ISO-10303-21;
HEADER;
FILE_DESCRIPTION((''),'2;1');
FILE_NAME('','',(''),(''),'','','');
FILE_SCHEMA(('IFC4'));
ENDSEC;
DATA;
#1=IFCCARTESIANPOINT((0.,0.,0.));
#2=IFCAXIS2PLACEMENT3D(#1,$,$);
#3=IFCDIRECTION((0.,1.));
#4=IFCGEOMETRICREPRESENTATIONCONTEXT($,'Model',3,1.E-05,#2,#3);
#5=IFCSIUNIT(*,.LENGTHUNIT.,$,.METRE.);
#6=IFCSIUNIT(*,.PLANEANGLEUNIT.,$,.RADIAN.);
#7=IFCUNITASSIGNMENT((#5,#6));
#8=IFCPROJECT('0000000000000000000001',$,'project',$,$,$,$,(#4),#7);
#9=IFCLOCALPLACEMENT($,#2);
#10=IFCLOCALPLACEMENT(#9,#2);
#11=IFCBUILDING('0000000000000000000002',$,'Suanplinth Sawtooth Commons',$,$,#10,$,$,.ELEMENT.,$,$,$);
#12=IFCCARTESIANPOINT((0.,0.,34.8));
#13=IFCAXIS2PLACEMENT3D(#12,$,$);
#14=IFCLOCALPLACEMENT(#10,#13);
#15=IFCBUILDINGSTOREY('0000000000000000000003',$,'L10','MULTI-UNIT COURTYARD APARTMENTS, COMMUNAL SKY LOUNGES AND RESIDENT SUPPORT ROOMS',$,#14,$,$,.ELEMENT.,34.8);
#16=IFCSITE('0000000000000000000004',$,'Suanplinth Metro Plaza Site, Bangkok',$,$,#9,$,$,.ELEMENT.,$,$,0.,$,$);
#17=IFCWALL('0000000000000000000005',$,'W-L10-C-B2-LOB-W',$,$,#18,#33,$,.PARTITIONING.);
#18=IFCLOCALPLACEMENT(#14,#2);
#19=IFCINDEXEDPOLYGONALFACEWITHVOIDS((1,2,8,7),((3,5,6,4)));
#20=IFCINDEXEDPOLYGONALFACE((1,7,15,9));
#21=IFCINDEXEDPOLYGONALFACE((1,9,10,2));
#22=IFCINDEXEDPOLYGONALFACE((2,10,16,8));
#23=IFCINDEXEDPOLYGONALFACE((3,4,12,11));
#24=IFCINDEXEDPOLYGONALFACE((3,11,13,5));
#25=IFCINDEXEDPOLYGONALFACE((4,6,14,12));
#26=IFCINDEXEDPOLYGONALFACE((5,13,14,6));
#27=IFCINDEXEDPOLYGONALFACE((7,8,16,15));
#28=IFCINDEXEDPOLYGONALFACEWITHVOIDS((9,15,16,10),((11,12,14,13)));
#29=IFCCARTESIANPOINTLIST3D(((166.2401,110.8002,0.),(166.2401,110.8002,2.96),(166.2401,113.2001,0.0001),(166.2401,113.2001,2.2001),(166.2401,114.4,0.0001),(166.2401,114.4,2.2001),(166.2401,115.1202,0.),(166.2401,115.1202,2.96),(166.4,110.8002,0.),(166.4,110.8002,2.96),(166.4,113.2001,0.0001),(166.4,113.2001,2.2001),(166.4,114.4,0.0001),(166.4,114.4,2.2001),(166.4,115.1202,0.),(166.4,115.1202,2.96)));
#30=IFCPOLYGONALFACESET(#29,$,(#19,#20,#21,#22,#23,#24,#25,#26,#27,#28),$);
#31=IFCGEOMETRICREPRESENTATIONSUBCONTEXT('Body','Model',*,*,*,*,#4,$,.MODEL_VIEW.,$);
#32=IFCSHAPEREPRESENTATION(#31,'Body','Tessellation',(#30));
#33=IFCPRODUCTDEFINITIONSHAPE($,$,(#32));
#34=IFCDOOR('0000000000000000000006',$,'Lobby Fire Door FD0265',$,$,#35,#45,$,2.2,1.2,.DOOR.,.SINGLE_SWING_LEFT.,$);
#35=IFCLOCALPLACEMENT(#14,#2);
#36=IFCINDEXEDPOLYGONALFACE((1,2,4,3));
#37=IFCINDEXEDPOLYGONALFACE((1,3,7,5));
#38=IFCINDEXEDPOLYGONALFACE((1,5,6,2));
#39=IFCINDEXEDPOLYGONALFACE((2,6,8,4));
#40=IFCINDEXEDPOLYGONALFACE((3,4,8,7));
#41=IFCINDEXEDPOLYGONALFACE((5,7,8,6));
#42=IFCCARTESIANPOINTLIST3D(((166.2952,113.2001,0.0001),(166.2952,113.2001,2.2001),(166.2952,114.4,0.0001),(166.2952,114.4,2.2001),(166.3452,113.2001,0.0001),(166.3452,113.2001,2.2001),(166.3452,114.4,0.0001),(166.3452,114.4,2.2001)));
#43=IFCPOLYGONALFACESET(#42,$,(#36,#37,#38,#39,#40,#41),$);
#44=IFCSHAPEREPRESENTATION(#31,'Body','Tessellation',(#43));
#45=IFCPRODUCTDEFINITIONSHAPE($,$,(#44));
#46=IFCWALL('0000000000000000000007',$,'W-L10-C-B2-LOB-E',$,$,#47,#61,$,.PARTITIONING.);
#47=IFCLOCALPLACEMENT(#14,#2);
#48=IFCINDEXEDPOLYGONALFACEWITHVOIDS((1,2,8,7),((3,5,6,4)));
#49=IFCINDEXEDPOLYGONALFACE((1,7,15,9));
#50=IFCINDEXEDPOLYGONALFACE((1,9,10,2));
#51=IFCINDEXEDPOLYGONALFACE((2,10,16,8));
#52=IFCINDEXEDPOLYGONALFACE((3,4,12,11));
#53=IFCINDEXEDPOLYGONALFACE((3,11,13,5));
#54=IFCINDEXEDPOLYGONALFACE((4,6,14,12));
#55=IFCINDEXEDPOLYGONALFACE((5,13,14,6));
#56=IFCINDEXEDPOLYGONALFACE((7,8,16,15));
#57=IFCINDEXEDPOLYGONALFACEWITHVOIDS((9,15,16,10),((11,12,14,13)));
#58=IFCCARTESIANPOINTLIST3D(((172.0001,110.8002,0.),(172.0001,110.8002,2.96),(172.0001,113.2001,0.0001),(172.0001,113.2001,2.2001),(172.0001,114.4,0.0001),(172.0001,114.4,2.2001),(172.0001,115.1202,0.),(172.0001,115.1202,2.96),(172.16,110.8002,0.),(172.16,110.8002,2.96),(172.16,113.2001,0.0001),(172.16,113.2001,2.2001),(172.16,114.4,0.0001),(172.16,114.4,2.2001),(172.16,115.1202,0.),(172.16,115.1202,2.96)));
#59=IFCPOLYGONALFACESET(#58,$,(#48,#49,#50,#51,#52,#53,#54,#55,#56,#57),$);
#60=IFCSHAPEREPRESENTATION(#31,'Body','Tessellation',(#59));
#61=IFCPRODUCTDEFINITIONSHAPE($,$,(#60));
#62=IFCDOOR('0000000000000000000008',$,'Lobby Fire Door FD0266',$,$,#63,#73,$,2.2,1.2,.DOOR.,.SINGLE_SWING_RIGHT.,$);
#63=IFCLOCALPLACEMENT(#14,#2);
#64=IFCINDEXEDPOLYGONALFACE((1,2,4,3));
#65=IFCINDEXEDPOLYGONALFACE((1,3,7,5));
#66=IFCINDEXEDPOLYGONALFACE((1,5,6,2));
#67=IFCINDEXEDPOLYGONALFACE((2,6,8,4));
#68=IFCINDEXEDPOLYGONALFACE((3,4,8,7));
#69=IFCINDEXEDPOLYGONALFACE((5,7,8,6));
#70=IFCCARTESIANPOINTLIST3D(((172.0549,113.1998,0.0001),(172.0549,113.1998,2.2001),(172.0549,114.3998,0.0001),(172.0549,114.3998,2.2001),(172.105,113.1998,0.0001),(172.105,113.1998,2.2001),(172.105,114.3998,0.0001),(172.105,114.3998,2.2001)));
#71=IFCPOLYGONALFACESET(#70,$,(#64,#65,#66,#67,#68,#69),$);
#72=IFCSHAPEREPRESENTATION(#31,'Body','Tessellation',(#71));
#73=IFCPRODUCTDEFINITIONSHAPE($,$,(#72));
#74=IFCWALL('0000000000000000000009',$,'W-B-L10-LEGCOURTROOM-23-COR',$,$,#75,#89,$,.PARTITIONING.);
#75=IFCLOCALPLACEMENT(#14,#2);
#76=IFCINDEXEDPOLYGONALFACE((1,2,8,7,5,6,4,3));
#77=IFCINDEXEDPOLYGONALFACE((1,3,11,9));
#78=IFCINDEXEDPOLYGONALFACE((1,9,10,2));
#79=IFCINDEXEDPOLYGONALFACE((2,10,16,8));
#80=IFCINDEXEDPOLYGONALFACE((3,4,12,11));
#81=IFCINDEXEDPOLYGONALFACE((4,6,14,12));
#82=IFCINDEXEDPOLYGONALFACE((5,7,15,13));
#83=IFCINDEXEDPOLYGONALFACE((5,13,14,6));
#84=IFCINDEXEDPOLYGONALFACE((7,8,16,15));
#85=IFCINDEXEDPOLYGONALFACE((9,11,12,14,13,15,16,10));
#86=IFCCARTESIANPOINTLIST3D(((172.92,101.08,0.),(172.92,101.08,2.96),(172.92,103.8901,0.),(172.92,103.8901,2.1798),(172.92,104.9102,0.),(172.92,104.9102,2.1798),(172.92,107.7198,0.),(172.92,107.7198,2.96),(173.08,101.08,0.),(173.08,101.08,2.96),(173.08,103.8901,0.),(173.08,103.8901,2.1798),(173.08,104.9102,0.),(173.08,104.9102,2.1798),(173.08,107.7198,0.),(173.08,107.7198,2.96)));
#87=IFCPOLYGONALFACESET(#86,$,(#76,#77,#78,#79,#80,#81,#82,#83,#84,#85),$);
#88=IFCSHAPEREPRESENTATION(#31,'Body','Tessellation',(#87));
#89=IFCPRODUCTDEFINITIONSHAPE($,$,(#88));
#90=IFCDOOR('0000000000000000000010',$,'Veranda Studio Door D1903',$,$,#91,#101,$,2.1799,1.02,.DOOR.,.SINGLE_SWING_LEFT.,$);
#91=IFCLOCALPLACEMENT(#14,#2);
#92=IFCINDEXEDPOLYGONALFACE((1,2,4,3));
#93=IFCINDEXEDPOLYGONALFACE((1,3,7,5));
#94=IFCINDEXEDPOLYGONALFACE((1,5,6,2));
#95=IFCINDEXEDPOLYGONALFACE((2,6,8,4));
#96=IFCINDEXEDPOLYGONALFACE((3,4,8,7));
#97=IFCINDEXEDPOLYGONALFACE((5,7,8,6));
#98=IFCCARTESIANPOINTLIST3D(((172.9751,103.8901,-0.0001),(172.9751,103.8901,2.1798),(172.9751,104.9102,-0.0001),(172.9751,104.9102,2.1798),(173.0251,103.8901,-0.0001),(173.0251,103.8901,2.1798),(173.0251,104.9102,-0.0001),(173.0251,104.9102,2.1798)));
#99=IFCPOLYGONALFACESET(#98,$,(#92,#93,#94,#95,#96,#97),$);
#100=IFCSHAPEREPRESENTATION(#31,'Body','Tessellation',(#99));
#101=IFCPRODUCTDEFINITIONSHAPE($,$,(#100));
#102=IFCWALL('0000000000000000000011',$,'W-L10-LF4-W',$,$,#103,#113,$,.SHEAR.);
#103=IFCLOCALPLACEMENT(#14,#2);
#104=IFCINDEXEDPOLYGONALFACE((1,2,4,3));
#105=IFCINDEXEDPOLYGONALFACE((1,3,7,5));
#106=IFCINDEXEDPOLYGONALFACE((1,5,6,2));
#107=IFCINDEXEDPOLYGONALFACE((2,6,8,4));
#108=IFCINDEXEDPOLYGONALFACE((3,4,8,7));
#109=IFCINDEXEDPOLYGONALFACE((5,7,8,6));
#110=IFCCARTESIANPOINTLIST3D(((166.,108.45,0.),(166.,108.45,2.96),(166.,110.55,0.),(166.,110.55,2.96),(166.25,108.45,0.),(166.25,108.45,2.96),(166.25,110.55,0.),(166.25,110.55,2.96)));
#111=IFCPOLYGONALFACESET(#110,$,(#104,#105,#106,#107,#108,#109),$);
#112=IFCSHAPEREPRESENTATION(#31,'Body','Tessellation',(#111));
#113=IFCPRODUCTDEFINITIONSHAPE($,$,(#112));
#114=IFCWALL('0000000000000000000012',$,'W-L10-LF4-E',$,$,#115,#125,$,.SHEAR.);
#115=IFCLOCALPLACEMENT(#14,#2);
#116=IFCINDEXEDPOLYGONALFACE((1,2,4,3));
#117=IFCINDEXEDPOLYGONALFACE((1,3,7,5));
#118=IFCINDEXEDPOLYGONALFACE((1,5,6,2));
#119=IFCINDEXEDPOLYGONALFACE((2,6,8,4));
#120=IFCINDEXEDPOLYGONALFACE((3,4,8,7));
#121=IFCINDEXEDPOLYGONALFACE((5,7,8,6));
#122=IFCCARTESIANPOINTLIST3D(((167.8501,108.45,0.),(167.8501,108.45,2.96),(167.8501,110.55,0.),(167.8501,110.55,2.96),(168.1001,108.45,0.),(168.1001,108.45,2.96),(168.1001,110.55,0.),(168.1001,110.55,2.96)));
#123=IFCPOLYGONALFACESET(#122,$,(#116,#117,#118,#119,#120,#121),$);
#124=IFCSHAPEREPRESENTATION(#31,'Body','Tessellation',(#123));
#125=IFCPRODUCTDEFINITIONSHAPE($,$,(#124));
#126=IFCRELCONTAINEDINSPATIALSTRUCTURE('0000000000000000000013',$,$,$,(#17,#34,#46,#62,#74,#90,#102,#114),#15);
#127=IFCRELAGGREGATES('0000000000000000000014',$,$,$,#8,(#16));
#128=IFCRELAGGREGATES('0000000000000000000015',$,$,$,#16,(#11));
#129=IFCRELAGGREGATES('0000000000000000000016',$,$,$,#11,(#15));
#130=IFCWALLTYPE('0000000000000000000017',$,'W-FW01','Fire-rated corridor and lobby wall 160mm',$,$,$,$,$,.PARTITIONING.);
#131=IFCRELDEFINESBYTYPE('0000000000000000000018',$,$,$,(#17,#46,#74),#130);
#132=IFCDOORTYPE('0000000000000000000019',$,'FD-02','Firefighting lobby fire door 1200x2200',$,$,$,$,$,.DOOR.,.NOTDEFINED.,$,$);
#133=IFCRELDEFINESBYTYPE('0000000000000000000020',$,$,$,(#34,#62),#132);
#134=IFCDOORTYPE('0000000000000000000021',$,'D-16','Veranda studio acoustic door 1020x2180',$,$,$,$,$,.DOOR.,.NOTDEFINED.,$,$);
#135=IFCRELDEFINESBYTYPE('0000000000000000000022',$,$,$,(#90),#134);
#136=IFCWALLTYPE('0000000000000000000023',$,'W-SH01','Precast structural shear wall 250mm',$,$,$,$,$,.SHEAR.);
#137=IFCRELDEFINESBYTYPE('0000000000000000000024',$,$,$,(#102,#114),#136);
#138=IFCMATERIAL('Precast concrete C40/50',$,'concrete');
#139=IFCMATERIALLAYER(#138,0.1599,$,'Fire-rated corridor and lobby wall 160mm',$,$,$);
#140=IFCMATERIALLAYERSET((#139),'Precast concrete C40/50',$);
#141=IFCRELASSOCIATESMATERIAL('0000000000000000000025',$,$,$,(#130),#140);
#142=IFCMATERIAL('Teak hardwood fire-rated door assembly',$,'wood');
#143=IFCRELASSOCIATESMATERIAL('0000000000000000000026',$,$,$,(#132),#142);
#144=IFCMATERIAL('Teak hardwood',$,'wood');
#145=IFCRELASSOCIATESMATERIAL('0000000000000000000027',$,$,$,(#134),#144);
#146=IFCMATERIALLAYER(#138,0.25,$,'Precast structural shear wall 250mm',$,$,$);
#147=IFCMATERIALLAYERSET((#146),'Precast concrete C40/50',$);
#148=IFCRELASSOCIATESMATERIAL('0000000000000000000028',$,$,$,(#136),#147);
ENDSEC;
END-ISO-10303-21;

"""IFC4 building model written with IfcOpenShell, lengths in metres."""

from ifc_helpers import new_model, si_unit, direction, frame, frame_2d, origin, place, context, subcontext, project, spatial, rectangle, extrude, material, layer, layer_set, type_object, element, fill, save


model = new_model("IFC4")

# Units and contexts
model_context = context("Model", 3, precision=1e-05, world=origin(), true_north=direction((0.0, 1.0)))
body_context = subcontext(model_context, "Body", "Model", "MODEL_VIEW")
ifc_project = project(units=[si_unit("LENGTHUNIT", "METRE"), si_unit("PLANEANGLEUNIT", "RADIAN")], contexts=[model_context])

# Site, building, storey
site_placement = place(None, origin())
site = spatial("IfcSite", under=ifc_project, at=site_placement, Name="Suanplinth Metro Plaza Site, Bangkok", CompositionType="ELEMENT", RefElevation=0.0)
building_placement = place(site_placement, origin())
building = spatial("IfcBuilding", under=site, at=building_placement, Name="Suanplinth Sawtooth Commons", CompositionType="ELEMENT")
storey_placement = place(building_placement, frame((0.0, 0.0, 34.8)))
storey = spatial("IfcBuildingStorey", under=building, at=storey_placement, Name="L10", Description="MULTI-UNIT COURTYARD APARTMENTS, COMMUNAL SKY LOUNGES AND RESIDENT SUPPORT ROOMS", CompositionType="ELEMENT", Elevation=34.8)

# Shared definitions
ifc_material_1 = material(Name="Precast concrete C40/50", Category="concrete")

# Walls, openings, doors
ifc_layer_1 = layer(ifc_material_1, 0.1599, Name="Fire-rated corridor and lobby wall 160mm")
ifc_layer_set_1 = layer_set([ifc_layer_1], Name="Precast concrete C40/50")
wall_type_1 = type_object("IfcWallType", Name="W-FW01", Description="Fire-rated corridor and lobby wall 160mm", PredefinedType="PARTITIONING", material=ifc_layer_set_1)
wall_1_placement = place(storey_placement, frame((166.3201, 110.8, 0.0), z_axis=(0.0, 0.0, 1.0), x_axis=(0.0, 1.0, 0.0)))
wall_1 = element("IfcWall", 1, at=wall_1_placement, inside=storey, type_object=wall_type_1, Name="W-L10-C-B2-LOB-W", PredefinedType="PARTITIONING", context=body_context, shape_type="SweptSolid", body=[
    extrude(rectangle(XDim=4.3201, YDim=0.1599, at=frame_2d((2.1602, 0.0))), origin(), (0.0, 0.0, 1.0), 2.96),
])
opening_1_placement = place(wall_1_placement, frame((2.3999, 0.0, 0.0)))
opening_1 = element("IfcOpeningElement", 2, at=opening_1_placement, cuts=wall_1, PredefinedType="OPENING", context=body_context, shape_type="SweptSolid", body=[
    extrude(rectangle(XDim=1.2, YDim=2.2, at=frame_2d((0.6001, 1.1001))), frame((0.0, 0.0947, 0.0), z_axis=(0.0, -1.0, 0.0), x_axis=(1.0, 0.0, 0.0)), (0.0, 0.0, 1.0), 0.1897),
])
ifc_material_2 = material(Name="Teak hardwood fire-rated door assembly", Category="wood")
door_type_1 = type_object("IfcDoorType", Name="FD-02", Description="Firefighting lobby fire door 1200x2200", OperationType="NOTDEFINED", PredefinedType="DOOR", material=ifc_material_2)
door_1_placement = place(opening_1_placement, origin())
door_1 = element("IfcDoor", 3, at=door_1_placement, inside=storey, type_object=door_type_1, Name="Lobby Fire Door FD0265", OperationType="SINGLE_SWING_LEFT", OverallHeight=2.2, OverallWidth=1.2, PredefinedType="DOOR", context=body_context, shape_type="SweptSolid", body=[
    extrude(rectangle(XDim=1.2, YDim=2.2, at=frame_2d((0.6001, 1.1001))), frame((0.0, 0.0249, 0.0), z_axis=(0.0, -1.0, 0.0), x_axis=(1.0, 0.0, 0.0)), (0.0, 0.0, 1.0), 0.05),
])
fill(opening_1, door_1)
wall_2_placement = place(storey_placement, frame((172.0801, 110.8, 0.0), z_axis=(0.0, 0.0, 1.0), x_axis=(0.0, 1.0, 0.0)))
wall_2 = element("IfcWall", 4, at=wall_2_placement, inside=storey, type_object=wall_type_1, Name="W-L10-C-B2-LOB-E", PredefinedType="PARTITIONING", context=body_context, shape_type="SweptSolid", body=[
    extrude(rectangle(XDim=4.3201, YDim=0.1599, at=frame_2d((2.1602, 0.0))), origin(), (0.0, 0.0, 1.0), 2.96),
])
opening_2_placement = place(wall_2_placement, frame((2.3999, 0.0, 0.0)))
opening_2 = element("IfcOpeningElement", 5, at=opening_2_placement, cuts=wall_2, PredefinedType="OPENING", context=body_context, shape_type="SweptSolid", body=[
    extrude(rectangle(XDim=1.2, YDim=2.2, at=frame_2d((0.6001, 1.1001))), frame((0.0, 0.0947, 0.0), z_axis=(0.0, -1.0, 0.0), x_axis=(1.0, 0.0, 0.0)), (0.0, 0.0, 1.0), 0.1897),
])
door_2_placement = place(opening_2_placement, frame((1.2, 0.0, 0.0), z_axis=(0.0, 0.0, 1.0), x_axis=(-1.0, 0.0, 0.0)))
door_2 = element("IfcDoor", 6, at=door_2_placement, inside=storey, type_object=door_type_1, Name="Lobby Fire Door FD0266", OperationType="SINGLE_SWING_RIGHT", OverallHeight=2.2, OverallWidth=1.2, PredefinedType="DOOR", context=body_context, shape_type="SweptSolid", body=[
    extrude(rectangle(XDim=1.2, YDim=2.2, at=frame_2d((0.6001, 1.1001))), frame((0.0, 0.0249, 0.0), z_axis=(0.0, -1.0, 0.0), x_axis=(1.0, 0.0, 0.0)), (0.0, 0.0, 1.0), 0.05),
])
fill(opening_2, door_2)
wall_3_placement = place(storey_placement, frame((173.0, 101.0801, 0.0), z_axis=(0.0, 0.0, 1.0), x_axis=(0.0, 1.0, 0.0)))
wall_3 = element("IfcWall", 7, at=wall_3_placement, inside=storey, type_object=wall_type_1, Name="W-B-L10-LEGCOURTROOM-23-COR", PredefinedType="PARTITIONING", context=body_context, shape_type="SweptSolid", body=[
    extrude(rectangle(XDim=6.6399, YDim=0.1599, at=frame_2d((3.3198, 0.0))), origin(), (0.0, 0.0, 1.0), 2.96),
])
opening_3_placement = place(wall_3_placement, frame((2.8101, 0.0, 0.0)))
opening_3 = element("IfcOpeningElement", 8, at=opening_3_placement, cuts=wall_3, PredefinedType="OPENING", context=body_context, shape_type="SweptSolid", body=[
    extrude(rectangle(XDim=1.02, YDim=2.1799, at=frame_2d((0.51, 1.0898))), frame((0.0, 0.0947, 0.0), z_axis=(0.0, -1.0, 0.0), x_axis=(1.0, 0.0, 0.0)), (0.0, 0.0, 1.0), 0.1897),
])
ifc_material_3 = material(Name="Teak hardwood", Category="wood")
door_type_2 = type_object("IfcDoorType", Name="D-16", Description="Veranda studio acoustic door 1020x2180", OperationType="NOTDEFINED", PredefinedType="DOOR", material=ifc_material_3)
door_3_placement = place(opening_3_placement, origin())
door_3 = element("IfcDoor", 9, at=door_3_placement, inside=storey, type_object=door_type_2, Name="Veranda Studio Door D1903", OperationType="SINGLE_SWING_LEFT", OverallHeight=2.1799, OverallWidth=1.02, PredefinedType="DOOR", context=body_context, shape_type="SweptSolid", body=[
    extrude(rectangle(XDim=1.02, YDim=2.1799, at=frame_2d((0.51, 1.0898))), frame((0.0, 0.0249, 0.0), z_axis=(0.0, -1.0, 0.0), x_axis=(1.0, 0.0, 0.0)), (0.0, 0.0, 1.0), 0.05),
])
fill(opening_3, door_3)

# Walls
ifc_layer_2 = layer(ifc_material_1, 0.25, Name="Precast structural shear wall 250mm")
ifc_layer_set_2 = layer_set([ifc_layer_2], Name="Precast concrete C40/50")
wall_type_2 = type_object("IfcWallType", Name="W-SH01", Description="Precast structural shear wall 250mm", PredefinedType="SHEAR", material=ifc_layer_set_2)
for number, where, z_axis, x_axis, name in (
    (10, (166.125, 108.45, 0.0), (0.0, 0.0, 1.0), (0.0, 1.0, 0.0), "W-L10-LF4-W"),
    (11, (167.9751, 108.45, 0.0), (0.0, 0.0, 1.0), (0.0, 1.0, 0.0), "W-L10-LF4-E"),
):
    element("IfcWall", number, at=place(storey_placement, frame(where, z_axis=z_axis, x_axis=x_axis)), inside=storey, type_object=wall_type_2, Name=name, PredefinedType="SHEAR", context=body_context, shape_type="SweptSolid", body=[
        extrude(rectangle(XDim=2.1001, YDim=0.25, at=frame_2d((1.05, 0.0))), origin(), (0.0, 0.0, 1.0), 2.96),
    ])

save(model, "model.ifc")
